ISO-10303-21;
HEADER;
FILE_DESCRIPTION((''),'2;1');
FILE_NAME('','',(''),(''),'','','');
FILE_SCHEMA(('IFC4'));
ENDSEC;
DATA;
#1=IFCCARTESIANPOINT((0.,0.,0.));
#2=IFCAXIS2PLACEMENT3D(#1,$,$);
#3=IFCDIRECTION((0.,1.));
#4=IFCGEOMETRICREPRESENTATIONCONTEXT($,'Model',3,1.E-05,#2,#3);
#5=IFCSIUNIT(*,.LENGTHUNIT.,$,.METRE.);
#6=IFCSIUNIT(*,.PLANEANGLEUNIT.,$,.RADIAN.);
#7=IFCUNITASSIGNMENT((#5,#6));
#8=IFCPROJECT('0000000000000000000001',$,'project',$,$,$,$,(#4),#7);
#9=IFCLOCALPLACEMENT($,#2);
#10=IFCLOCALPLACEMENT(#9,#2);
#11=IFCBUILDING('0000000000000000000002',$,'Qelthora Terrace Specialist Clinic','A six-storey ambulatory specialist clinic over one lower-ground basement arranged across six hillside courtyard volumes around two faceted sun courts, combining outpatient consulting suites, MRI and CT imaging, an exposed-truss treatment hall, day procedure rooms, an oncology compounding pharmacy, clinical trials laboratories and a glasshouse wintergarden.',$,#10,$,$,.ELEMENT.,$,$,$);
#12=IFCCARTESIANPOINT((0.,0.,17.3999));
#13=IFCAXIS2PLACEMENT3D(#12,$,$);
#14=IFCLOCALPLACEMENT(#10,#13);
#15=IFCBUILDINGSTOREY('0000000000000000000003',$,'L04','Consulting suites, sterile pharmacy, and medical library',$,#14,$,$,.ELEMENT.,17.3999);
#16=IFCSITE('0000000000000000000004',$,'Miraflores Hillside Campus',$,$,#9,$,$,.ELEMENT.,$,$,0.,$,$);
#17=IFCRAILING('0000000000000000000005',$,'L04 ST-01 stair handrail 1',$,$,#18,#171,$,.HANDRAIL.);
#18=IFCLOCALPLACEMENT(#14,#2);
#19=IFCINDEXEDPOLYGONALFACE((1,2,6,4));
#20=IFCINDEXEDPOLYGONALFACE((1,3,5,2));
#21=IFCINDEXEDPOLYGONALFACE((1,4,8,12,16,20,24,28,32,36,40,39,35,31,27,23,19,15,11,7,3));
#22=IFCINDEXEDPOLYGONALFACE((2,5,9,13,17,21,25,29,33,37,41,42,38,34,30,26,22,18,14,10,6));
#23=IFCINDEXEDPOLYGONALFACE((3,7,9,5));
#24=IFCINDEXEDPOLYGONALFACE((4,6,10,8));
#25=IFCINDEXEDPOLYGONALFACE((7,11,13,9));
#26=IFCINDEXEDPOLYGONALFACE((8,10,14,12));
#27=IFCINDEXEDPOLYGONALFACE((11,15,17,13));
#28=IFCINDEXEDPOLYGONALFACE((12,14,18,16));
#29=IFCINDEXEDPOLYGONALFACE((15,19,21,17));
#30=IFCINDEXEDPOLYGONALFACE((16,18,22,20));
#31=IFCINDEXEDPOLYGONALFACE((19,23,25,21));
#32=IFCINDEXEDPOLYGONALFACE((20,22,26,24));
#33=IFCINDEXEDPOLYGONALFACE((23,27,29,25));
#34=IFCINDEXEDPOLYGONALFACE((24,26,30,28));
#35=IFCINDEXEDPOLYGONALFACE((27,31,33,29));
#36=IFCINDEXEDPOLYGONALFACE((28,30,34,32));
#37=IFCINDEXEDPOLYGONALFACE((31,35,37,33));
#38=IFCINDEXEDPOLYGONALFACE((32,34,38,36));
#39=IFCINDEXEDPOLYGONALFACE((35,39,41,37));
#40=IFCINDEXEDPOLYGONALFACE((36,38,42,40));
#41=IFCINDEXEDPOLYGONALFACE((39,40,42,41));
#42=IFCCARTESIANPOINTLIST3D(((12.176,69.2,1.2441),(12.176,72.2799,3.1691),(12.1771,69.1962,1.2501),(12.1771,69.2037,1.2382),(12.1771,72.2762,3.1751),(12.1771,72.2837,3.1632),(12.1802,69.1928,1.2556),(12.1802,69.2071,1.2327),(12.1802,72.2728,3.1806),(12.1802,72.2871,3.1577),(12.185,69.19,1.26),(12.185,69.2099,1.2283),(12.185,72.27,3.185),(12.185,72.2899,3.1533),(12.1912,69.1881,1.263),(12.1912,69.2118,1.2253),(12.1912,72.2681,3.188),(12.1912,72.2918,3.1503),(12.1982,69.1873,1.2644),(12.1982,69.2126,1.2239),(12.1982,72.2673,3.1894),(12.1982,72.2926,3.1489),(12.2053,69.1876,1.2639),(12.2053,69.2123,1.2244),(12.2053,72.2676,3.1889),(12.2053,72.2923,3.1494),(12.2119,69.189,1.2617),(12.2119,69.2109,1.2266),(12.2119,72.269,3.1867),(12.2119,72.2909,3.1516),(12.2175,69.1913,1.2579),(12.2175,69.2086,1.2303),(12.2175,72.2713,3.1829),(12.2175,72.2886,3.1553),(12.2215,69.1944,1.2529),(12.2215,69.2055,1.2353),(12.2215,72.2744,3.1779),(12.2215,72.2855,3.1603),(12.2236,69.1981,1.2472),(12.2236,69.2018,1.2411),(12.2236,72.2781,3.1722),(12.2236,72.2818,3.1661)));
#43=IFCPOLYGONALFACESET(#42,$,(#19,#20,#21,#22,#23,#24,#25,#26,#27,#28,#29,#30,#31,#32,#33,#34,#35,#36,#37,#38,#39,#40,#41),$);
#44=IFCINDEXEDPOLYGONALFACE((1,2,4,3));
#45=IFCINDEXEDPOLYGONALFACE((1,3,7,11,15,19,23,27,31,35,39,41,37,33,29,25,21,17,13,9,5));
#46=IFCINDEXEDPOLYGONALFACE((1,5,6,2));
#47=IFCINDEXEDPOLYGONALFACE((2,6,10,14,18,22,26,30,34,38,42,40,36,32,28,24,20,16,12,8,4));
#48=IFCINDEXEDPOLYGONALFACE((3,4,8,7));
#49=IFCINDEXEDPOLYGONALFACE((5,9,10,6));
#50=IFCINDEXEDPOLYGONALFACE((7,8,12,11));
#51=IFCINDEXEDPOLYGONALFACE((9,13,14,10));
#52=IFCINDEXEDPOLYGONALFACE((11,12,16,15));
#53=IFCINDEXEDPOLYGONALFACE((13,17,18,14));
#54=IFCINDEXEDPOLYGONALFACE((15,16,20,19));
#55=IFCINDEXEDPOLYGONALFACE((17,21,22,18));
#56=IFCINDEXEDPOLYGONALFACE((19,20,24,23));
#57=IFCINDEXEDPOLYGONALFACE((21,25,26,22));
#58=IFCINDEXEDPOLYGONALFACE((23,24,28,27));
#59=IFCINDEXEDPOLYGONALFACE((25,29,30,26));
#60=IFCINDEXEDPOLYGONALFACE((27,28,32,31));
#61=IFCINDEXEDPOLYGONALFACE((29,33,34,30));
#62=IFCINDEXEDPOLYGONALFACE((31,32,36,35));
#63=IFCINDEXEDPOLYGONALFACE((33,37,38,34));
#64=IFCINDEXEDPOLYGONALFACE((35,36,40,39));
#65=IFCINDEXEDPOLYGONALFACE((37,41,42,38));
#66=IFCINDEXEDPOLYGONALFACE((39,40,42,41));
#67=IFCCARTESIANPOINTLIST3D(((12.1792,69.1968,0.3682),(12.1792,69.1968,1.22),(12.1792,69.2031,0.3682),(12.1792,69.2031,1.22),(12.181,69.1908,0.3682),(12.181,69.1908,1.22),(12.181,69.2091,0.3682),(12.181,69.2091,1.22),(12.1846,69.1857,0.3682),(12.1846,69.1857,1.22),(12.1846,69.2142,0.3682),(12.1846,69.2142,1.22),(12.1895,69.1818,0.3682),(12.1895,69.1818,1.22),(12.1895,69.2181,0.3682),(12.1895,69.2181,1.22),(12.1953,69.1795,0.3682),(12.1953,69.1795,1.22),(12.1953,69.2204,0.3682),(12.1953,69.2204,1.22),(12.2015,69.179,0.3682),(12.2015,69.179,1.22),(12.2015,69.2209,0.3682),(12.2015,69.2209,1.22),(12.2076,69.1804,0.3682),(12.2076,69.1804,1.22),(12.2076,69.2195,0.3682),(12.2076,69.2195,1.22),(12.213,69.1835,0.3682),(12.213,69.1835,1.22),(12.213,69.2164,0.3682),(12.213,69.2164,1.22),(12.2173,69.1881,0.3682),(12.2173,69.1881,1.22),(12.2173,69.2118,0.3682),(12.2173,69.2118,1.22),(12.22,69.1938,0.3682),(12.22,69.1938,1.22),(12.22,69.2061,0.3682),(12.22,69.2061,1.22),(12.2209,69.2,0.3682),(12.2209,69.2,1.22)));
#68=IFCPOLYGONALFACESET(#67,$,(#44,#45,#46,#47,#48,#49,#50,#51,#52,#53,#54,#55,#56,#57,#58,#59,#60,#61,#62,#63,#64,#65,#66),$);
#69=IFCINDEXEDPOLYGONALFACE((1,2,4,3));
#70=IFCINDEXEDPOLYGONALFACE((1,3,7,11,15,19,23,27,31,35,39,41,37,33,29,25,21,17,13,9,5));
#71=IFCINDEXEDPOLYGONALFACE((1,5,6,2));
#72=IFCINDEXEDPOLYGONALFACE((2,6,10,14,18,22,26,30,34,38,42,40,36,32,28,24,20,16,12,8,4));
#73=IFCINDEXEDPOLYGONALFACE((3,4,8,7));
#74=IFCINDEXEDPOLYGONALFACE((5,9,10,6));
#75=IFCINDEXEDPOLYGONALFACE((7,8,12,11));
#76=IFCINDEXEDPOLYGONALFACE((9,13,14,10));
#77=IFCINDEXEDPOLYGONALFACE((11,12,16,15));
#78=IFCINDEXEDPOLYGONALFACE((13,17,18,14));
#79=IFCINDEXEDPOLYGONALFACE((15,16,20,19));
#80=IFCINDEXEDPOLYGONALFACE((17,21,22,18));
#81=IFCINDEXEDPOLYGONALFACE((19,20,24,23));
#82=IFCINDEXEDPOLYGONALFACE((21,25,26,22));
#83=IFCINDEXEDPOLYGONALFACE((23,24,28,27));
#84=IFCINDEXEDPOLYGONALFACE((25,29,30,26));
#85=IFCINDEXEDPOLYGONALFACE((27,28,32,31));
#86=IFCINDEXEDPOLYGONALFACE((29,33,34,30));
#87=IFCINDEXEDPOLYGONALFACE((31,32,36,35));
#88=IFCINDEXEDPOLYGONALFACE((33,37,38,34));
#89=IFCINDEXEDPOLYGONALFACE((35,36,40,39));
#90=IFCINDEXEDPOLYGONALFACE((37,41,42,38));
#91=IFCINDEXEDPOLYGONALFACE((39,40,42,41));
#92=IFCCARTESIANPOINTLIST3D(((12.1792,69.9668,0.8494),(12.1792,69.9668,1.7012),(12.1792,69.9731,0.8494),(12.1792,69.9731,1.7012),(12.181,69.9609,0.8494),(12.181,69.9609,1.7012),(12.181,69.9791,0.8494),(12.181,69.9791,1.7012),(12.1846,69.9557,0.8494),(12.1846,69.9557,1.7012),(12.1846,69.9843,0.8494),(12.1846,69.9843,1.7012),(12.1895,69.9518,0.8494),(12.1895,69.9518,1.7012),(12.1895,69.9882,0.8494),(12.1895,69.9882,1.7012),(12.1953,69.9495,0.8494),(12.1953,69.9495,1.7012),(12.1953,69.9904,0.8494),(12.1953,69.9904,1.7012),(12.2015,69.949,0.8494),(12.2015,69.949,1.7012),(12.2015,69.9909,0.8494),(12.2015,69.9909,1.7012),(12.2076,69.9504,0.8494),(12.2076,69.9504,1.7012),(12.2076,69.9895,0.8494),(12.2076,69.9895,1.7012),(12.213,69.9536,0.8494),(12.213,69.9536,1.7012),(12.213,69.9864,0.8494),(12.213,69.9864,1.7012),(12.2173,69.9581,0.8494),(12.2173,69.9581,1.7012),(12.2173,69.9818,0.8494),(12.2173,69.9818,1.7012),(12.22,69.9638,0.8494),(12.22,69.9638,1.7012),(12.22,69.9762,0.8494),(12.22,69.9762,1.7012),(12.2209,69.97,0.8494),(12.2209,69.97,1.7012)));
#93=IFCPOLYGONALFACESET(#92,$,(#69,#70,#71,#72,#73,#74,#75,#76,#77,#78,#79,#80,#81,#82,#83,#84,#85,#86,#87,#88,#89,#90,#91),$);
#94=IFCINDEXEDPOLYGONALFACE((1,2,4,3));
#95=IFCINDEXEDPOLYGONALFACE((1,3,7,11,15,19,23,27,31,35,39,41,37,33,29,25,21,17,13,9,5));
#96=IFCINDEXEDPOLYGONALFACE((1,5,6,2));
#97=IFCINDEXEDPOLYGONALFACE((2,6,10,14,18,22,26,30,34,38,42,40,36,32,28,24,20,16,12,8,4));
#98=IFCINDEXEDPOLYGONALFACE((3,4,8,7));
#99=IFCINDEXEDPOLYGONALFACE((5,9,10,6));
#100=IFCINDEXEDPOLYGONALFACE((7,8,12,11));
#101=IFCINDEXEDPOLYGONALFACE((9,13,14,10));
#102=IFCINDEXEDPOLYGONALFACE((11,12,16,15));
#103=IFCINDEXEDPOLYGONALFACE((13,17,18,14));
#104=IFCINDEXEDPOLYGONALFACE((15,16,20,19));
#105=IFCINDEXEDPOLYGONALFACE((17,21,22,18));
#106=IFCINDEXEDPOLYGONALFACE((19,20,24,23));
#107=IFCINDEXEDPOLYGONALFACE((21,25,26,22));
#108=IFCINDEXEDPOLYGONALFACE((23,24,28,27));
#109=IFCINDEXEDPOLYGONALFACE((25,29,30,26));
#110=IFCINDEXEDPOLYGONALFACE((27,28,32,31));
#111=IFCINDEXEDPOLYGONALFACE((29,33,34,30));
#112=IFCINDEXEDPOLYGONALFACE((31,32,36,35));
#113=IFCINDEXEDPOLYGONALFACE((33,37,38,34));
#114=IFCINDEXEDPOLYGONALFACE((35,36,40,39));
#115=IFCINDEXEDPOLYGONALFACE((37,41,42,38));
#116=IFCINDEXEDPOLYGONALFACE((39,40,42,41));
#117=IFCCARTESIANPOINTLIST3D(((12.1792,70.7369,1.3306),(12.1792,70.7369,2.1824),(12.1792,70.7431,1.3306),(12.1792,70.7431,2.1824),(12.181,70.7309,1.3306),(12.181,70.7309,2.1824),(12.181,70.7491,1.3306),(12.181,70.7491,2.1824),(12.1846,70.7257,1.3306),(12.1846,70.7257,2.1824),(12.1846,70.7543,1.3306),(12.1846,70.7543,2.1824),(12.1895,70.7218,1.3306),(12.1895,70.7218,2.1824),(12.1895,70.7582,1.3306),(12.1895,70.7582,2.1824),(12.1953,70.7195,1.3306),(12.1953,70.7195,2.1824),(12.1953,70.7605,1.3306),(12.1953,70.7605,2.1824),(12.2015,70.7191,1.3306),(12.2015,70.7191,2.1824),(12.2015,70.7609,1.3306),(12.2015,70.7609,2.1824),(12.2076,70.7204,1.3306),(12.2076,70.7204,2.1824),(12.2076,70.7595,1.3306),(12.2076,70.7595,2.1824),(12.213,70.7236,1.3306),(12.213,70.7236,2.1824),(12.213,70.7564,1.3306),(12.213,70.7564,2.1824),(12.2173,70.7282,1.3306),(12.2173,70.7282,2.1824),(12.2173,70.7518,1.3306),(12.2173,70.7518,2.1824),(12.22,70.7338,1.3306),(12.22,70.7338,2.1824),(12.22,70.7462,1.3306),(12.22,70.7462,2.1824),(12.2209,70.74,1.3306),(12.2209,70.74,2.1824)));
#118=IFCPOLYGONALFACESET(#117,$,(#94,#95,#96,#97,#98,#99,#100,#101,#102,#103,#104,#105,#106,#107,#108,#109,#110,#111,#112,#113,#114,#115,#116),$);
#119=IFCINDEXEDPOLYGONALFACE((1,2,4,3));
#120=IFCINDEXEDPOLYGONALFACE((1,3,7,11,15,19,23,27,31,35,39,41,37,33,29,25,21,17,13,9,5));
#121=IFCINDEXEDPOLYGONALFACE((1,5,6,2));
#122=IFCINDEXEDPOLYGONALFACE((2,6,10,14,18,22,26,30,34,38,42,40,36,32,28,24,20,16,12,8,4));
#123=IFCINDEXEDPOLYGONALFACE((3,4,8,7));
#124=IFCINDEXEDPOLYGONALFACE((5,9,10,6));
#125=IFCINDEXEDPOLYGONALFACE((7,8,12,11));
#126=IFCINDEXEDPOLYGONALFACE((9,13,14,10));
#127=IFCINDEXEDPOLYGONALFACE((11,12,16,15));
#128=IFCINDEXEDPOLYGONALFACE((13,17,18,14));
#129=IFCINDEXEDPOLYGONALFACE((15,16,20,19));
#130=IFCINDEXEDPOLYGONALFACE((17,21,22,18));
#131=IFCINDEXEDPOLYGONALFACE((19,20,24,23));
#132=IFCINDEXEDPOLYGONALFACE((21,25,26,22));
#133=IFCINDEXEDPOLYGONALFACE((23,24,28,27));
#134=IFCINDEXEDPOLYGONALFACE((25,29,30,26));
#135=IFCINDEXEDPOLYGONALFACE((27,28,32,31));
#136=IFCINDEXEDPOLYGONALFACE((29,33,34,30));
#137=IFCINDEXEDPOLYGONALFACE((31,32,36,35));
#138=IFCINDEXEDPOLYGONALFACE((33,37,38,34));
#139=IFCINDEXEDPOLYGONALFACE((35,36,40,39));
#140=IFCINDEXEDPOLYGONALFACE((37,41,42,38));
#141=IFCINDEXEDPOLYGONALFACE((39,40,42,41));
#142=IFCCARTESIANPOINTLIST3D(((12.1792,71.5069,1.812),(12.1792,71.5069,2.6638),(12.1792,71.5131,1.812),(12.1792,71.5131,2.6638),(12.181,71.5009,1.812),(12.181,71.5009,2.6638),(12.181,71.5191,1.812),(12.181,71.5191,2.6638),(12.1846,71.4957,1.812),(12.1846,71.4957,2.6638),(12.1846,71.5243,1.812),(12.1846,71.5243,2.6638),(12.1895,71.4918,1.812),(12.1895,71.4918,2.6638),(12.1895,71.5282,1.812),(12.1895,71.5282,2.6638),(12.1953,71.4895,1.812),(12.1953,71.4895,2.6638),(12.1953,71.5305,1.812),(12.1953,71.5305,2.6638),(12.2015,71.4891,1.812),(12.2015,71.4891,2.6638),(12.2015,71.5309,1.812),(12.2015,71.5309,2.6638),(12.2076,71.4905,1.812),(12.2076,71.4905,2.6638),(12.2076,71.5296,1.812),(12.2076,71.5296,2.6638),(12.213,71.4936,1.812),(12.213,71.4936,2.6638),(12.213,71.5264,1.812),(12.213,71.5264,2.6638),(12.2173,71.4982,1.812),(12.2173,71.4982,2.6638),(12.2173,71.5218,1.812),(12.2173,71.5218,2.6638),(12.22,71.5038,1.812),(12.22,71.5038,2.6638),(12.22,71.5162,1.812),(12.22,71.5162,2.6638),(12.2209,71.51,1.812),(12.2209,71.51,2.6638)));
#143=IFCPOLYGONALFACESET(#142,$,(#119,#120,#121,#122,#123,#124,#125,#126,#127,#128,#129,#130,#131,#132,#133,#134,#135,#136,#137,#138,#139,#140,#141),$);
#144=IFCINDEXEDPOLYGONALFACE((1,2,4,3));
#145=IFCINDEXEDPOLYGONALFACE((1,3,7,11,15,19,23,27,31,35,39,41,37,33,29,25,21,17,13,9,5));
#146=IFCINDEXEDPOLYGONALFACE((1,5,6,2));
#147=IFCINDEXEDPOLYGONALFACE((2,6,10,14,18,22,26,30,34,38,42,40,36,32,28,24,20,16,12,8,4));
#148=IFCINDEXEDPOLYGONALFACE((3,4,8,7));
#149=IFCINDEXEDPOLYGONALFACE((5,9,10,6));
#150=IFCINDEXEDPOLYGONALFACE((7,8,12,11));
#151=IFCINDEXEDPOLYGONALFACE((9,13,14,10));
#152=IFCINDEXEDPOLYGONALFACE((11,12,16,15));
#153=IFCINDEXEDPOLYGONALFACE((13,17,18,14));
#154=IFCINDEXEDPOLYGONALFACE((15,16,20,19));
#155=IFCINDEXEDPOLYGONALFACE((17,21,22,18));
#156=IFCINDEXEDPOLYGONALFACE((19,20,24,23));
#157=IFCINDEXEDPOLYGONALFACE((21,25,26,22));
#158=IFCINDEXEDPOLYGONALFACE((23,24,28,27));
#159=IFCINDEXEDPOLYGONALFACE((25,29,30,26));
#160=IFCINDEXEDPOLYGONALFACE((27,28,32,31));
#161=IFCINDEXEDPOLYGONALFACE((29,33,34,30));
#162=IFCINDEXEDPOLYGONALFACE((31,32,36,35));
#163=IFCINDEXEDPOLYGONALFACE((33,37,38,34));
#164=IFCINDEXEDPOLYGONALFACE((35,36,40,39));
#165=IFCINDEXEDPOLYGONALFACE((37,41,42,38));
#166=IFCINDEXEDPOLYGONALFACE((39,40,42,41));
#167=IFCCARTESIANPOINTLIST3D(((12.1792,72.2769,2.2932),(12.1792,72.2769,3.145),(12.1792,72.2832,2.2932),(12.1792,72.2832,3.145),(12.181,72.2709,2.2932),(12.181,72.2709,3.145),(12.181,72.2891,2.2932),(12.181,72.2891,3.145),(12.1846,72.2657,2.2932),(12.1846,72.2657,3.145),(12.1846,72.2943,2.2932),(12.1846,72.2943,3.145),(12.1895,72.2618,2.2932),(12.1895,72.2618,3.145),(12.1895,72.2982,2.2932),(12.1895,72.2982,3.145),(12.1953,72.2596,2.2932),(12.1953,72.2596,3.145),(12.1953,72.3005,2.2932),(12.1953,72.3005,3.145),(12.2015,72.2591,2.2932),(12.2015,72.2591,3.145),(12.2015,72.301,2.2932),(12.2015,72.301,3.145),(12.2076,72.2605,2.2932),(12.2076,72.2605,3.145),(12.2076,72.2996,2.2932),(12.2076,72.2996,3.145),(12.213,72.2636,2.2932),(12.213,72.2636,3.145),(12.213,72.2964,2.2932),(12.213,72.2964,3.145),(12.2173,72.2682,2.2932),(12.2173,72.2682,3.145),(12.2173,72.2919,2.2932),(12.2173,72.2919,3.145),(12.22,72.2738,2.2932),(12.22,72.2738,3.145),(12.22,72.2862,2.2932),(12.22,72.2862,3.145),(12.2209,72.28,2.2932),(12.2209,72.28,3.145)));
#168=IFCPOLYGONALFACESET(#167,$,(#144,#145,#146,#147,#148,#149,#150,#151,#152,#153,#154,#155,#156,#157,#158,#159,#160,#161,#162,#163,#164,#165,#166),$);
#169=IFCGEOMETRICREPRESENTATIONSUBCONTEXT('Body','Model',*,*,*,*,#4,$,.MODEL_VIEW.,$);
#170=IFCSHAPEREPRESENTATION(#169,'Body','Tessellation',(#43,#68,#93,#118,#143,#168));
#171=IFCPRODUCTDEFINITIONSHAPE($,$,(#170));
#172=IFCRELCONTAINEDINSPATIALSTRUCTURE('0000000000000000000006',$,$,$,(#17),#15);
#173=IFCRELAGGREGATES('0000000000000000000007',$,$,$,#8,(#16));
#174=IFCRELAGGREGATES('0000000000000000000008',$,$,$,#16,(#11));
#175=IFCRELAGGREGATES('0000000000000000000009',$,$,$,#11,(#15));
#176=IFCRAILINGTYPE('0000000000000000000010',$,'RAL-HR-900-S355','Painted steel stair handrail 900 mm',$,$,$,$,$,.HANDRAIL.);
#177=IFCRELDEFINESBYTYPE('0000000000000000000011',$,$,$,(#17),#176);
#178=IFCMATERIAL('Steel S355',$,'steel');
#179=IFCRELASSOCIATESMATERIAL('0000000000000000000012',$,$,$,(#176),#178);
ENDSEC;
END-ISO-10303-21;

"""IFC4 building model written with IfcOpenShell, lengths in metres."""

from ifc_helpers import new_model, si_unit, direction, frame, origin, origin_2d, place, context, subcontext, project, spatial, circle, extrude, material, type_object, element, save


model = new_model("IFC4")

# Units and contexts
model_context = context("Model", 3, precision=1e-05, world=origin(), true_north=direction((0.0, 1.0)))
body_context = subcontext(model_context, "Body", "Model", "MODEL_VIEW")
ifc_project = project(units=[si_unit("LENGTHUNIT", "METRE"), si_unit("PLANEANGLEUNIT", "RADIAN")], contexts=[model_context])

# Site, building, storey
site_placement = place(None, origin())
site = spatial("IfcSite", under=ifc_project, at=site_placement, Name="Miraflores Hillside Campus", CompositionType="ELEMENT", RefElevation=0.0)
building_placement = place(site_placement, origin())
building = spatial("IfcBuilding", under=site, at=building_placement, Name="Qelthora Terrace Specialist Clinic", Description="A six-storey ambulatory specialist clinic over one lower-ground basement arranged across six hillside courtyard volumes around two faceted sun courts, combining outpatient consulting suites, MRI and CT imaging, an exposed-truss treatment hall, day procedure rooms, an oncology compounding pharmacy, clinical trials laboratories and a glasshouse wintergarden.", CompositionType="ELEMENT")
storey_placement = place(building_placement, frame((0.0, 0.0, 17.3999)))
storey = spatial("IfcBuildingStorey", under=building, at=storey_placement, Name="L04", Description="Consulting suites, sterile pharmacy, and medical library", CompositionType="ELEMENT", Elevation=17.3999)

# Shared definitions
ifc_material_1 = material(Name="Steel S355", Category="steel")

# Railing
railing_type_1 = type_object("IfcRailingType", Name="RAL-HR-900-S355", Description="Painted steel stair handrail 900 mm", PredefinedType="HANDRAIL", material=ifc_material_1)
railing_1_placement = place(storey_placement, frame((12.2, 69.2, 0.3682)))
element("IfcRailing", 1, at=railing_1_placement, inside=storey, type_object=railing_type_1, Name="L04 ST-01 stair handrail 1", PredefinedType="HANDRAIL", context=body_context, shape_type="SweptSolid", body=[
    extrude(circle(Radius=0.0239, at=origin_2d()), frame((0.0, 0.0, 0.876), z_axis=(0.0, 0.847998, 0.529999), x_axis=(-1.0, 0.0, 0.0)), (0.0, 0.0, 1.0), 3.6321),
    extrude(circle(Radius=0.021, at=origin_2d()), origin(), (0.0, 0.0, 1.0), 0.8518),
    extrude(circle(Radius=0.021, at=origin_2d()), frame((0.0, 0.77, 0.4812)), (0.0, 0.0, 1.0), 0.8518),
    extrude(circle(Radius=0.021, at=origin_2d()), frame((0.0, 1.54, 0.9624)), (0.0, 0.0, 1.0), 0.8518),
    extrude(circle(Radius=0.021, at=origin_2d()), frame((0.0, 2.3101, 1.4438)), (0.0, 0.0, 1.0), 0.8518),
    extrude(circle(Radius=0.021, at=origin_2d()), frame((0.0, 3.0801, 1.925)), (0.0, 0.0, 1.0), 0.8518),
])

save(model, "model.ifc")
